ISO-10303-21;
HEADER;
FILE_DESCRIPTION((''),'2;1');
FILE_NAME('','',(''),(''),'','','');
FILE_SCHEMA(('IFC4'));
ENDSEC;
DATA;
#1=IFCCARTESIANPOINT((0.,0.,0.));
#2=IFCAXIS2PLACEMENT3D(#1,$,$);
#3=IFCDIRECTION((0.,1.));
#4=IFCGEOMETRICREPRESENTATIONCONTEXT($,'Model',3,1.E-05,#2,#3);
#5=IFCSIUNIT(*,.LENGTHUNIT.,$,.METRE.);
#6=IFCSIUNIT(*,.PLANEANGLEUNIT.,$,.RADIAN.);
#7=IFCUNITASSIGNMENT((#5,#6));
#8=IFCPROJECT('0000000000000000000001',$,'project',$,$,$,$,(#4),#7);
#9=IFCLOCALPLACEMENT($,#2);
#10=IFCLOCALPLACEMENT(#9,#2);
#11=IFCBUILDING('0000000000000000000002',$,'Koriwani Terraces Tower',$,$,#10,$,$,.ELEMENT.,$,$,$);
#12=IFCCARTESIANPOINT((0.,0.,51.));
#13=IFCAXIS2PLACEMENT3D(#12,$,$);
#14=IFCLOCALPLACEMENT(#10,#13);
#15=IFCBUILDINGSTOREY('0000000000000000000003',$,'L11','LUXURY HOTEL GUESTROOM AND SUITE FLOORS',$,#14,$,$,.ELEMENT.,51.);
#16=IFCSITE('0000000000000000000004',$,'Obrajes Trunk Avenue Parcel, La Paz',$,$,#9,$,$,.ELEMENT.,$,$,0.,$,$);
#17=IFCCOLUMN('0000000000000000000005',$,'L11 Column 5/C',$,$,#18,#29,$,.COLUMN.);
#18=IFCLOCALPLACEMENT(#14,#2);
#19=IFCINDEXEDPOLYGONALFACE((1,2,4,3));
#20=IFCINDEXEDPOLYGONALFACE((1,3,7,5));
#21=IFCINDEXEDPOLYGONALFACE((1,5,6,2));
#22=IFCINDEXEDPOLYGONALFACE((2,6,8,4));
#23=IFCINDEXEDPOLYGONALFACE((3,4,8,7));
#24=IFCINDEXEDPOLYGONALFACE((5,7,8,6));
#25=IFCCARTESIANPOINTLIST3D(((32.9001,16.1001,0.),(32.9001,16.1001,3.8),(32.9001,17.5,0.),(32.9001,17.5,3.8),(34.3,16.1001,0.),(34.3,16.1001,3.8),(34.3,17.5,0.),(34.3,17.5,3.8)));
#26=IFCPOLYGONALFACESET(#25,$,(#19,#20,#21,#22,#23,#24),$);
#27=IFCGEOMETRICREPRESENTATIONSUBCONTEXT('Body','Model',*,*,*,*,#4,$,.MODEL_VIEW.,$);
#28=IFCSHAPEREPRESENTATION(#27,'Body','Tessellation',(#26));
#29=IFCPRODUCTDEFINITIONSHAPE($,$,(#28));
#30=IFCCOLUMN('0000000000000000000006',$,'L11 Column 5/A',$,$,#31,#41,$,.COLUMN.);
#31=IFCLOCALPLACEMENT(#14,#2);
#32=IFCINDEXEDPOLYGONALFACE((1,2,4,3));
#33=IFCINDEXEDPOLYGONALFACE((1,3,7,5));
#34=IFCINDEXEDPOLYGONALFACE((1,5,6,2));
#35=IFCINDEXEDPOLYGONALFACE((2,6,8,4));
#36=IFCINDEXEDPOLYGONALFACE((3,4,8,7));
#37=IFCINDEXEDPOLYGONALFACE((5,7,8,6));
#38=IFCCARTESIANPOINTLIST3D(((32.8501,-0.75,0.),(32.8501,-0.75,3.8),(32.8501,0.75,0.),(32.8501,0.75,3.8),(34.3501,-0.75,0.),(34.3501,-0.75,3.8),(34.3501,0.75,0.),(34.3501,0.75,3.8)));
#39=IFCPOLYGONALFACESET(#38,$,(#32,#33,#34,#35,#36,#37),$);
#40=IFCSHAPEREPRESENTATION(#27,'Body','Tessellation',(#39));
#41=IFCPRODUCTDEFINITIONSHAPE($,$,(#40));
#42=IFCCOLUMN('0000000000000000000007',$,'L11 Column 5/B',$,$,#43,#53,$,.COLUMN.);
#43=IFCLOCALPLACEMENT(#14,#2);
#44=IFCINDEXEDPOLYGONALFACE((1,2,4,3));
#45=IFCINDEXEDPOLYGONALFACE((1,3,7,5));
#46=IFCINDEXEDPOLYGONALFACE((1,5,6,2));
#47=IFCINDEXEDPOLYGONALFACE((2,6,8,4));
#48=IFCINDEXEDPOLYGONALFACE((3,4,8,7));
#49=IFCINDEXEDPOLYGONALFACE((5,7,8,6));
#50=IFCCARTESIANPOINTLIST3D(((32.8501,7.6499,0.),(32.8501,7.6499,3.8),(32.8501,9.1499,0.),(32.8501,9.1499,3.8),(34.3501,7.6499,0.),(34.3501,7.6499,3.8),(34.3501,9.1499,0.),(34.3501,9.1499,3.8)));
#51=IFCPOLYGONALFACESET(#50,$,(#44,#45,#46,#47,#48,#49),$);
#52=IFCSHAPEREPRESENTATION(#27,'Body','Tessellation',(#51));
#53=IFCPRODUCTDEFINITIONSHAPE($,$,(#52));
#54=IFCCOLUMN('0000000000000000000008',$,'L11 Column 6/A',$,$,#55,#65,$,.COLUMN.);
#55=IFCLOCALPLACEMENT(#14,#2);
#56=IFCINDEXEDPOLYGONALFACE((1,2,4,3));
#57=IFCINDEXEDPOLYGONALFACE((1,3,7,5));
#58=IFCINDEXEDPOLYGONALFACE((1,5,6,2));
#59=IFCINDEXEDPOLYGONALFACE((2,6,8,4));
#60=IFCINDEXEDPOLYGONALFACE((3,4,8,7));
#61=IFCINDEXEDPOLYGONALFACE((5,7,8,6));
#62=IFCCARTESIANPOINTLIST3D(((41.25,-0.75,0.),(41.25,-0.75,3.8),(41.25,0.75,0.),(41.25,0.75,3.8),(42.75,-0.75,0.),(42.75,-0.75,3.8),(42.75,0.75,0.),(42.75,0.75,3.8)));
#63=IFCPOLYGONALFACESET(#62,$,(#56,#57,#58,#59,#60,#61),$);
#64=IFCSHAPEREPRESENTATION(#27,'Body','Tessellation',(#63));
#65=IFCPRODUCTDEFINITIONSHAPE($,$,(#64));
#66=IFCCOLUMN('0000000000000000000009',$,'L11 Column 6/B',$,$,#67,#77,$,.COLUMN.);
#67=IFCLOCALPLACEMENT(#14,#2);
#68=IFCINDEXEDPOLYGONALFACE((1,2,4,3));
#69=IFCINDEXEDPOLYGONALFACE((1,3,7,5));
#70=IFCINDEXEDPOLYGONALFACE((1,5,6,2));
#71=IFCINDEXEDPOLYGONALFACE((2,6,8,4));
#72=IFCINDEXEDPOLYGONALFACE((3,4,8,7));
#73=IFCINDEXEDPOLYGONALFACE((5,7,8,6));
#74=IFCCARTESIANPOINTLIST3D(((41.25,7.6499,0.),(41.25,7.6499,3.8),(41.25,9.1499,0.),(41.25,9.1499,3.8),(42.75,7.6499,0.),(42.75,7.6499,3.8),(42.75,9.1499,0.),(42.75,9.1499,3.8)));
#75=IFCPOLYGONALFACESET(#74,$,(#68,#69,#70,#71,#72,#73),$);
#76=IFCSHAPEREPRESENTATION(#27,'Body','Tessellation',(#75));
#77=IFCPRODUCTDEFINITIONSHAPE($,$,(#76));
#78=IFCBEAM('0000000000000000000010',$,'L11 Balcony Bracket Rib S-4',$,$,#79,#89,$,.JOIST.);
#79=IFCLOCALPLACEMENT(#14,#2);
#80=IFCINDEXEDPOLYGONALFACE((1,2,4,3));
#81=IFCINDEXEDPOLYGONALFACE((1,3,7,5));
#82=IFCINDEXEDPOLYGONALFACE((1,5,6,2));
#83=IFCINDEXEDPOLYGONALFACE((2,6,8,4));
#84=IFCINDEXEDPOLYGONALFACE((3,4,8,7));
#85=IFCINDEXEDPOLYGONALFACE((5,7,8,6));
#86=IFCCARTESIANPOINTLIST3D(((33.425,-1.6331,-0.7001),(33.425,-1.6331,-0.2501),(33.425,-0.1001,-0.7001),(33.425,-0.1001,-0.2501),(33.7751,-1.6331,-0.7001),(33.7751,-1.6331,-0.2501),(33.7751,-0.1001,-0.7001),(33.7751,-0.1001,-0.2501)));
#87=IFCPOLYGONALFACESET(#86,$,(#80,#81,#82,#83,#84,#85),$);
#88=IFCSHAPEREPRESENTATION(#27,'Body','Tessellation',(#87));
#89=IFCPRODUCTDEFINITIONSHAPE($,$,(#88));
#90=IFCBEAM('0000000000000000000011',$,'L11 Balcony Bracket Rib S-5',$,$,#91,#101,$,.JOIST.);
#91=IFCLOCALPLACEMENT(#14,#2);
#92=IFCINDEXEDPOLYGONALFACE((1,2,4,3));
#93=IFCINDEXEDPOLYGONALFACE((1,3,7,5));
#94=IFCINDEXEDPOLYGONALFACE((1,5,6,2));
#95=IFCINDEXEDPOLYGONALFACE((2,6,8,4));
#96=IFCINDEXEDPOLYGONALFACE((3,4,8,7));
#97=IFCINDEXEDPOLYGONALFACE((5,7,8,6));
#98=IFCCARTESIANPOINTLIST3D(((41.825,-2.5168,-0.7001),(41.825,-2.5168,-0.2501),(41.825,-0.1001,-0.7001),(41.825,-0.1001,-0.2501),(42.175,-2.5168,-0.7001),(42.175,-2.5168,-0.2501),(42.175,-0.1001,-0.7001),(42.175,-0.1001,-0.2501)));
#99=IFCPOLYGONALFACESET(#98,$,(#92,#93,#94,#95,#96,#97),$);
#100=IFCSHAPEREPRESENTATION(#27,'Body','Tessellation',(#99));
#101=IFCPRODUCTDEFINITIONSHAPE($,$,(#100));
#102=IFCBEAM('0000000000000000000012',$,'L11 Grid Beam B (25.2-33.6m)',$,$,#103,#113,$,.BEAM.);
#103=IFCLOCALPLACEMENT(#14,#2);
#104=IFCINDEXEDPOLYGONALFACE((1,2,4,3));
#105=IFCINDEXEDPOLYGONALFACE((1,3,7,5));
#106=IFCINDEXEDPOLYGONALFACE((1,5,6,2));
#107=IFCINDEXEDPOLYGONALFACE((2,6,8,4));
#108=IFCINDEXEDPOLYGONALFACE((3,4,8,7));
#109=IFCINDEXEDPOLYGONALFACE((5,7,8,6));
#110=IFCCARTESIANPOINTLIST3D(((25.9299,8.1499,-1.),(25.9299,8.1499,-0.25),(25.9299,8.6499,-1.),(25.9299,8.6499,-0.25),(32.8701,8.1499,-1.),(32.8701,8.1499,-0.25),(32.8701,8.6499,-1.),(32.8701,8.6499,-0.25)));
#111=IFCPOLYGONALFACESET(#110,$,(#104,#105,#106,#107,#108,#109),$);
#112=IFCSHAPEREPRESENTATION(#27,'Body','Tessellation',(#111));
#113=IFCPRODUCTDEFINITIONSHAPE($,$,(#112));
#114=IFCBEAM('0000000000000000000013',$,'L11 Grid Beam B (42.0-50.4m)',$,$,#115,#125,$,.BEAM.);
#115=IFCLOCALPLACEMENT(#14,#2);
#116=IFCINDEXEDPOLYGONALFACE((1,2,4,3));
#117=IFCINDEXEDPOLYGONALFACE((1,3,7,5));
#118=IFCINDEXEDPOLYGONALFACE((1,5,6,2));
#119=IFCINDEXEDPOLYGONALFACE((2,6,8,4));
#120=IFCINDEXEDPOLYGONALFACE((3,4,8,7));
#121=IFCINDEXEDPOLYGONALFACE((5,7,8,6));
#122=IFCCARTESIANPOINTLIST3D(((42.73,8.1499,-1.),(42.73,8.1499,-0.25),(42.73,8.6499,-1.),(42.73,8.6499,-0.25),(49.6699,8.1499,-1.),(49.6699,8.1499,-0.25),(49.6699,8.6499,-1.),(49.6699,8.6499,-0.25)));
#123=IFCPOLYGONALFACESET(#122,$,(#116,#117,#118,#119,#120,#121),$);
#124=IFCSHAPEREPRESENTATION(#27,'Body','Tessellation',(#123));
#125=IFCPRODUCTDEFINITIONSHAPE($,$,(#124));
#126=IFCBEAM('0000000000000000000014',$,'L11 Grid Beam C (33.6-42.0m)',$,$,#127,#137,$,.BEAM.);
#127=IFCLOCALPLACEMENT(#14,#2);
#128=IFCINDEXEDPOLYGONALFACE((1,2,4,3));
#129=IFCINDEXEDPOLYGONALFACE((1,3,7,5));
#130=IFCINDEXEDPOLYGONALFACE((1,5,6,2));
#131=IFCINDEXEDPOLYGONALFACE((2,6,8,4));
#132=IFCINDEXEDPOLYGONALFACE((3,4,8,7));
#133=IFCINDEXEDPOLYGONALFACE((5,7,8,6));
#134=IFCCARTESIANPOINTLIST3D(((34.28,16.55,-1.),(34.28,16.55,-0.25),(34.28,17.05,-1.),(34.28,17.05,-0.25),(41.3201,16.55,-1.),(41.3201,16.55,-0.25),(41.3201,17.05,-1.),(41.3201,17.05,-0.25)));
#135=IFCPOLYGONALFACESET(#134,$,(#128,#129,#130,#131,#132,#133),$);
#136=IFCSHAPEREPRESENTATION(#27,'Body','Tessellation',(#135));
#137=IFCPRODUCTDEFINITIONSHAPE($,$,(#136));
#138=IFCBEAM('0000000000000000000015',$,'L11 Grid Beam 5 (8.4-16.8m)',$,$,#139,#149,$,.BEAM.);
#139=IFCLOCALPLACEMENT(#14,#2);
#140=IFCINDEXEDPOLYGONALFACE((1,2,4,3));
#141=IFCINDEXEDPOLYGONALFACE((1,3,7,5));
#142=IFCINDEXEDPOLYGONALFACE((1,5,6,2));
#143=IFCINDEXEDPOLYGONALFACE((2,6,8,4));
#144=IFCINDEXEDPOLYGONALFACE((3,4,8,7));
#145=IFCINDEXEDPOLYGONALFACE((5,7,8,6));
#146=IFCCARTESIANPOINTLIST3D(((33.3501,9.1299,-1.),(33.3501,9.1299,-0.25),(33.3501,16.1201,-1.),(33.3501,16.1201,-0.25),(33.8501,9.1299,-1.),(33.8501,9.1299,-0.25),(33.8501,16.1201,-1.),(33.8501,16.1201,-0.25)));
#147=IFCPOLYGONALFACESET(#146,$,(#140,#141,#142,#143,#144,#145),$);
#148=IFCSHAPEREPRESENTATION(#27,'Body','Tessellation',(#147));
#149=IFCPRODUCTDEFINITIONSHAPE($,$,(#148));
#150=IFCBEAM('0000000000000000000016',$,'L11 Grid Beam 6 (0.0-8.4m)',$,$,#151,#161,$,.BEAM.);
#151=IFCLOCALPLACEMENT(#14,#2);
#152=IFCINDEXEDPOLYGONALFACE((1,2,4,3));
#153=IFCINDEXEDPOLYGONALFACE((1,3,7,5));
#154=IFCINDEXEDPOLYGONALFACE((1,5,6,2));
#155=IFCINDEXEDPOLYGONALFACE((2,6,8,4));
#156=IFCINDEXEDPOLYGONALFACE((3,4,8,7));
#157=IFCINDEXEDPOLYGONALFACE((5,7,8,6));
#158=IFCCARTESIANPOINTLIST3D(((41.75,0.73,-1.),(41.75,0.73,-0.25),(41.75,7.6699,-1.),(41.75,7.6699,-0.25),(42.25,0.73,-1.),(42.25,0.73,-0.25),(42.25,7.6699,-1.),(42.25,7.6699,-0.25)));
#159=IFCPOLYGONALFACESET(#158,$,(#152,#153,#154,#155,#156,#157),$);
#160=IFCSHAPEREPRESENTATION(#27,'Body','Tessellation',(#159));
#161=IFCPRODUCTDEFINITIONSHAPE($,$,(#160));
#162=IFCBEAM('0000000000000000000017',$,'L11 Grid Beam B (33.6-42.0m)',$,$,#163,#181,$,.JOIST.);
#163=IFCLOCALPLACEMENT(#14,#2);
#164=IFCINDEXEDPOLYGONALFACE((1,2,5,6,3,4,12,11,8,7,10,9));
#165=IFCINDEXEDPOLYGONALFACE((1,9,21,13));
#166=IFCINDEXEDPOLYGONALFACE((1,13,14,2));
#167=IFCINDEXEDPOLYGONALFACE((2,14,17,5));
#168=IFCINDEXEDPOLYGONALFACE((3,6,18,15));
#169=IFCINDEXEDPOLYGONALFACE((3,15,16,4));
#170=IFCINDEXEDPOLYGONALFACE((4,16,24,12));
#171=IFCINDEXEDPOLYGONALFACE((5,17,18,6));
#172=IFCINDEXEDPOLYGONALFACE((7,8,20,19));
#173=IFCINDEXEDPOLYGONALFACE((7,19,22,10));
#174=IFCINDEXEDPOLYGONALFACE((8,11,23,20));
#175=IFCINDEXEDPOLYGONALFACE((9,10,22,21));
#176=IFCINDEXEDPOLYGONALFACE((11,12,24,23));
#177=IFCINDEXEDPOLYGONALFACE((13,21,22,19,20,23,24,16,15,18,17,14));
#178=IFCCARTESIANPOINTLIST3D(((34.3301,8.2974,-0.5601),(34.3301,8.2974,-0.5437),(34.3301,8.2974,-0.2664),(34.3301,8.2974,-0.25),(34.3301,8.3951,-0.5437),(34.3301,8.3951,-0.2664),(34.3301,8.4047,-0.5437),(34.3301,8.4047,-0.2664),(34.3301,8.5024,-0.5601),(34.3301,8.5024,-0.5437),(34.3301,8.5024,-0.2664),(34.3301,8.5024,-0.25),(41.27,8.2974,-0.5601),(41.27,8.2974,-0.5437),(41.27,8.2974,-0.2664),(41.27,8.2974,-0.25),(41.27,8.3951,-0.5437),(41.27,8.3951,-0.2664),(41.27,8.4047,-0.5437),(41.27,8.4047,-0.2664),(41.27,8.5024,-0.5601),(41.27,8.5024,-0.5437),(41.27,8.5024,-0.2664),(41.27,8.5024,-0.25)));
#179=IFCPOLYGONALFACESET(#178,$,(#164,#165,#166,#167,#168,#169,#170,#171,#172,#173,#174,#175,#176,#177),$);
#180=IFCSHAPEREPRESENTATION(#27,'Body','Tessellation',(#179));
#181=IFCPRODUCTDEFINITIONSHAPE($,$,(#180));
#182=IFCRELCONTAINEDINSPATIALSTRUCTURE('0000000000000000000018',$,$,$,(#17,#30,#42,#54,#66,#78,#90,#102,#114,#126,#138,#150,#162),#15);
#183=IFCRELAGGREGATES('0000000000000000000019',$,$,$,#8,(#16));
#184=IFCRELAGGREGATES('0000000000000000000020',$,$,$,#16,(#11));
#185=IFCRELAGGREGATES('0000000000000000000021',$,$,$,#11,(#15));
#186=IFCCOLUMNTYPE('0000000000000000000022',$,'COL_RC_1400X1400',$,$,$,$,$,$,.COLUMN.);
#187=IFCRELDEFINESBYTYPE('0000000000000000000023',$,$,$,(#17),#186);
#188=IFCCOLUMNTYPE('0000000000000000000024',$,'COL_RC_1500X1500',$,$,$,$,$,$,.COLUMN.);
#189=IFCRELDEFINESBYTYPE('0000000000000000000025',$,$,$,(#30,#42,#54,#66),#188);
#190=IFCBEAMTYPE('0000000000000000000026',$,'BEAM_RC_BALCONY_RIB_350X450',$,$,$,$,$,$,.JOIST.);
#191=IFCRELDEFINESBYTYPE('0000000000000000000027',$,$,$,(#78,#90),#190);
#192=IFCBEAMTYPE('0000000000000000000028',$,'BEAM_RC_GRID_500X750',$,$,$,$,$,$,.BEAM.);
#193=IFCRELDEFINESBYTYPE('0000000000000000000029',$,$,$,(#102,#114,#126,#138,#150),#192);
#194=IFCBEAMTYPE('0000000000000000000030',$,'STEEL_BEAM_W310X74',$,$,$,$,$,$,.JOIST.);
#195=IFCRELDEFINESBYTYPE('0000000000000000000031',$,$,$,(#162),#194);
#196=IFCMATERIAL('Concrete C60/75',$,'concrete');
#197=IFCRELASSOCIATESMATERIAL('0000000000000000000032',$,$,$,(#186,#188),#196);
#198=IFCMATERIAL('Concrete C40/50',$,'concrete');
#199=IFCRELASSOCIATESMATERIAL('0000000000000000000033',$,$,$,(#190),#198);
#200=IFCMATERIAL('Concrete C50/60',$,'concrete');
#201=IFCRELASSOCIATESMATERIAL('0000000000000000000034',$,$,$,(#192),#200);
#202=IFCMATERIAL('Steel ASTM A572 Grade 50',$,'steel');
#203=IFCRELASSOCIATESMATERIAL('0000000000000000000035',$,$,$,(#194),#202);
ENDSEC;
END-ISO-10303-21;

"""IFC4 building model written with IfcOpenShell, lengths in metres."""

from ifc_helpers import new_model, si_unit, direction, frame, origin, origin_2d, place, context, subcontext, project, spatial, rectangle, i_section, extrude, material, material_profile, profile_set, type_object, element, save


model = new_model("IFC4")

# Units and contexts
model_context = context("Model", 3, precision=1e-05, world=origin(), true_north=direction((0.0, 1.0)))
body_context = subcontext(model_context, "Body", "Model", "MODEL_VIEW")
ifc_project = project(units=[si_unit("LENGTHUNIT", "METRE"), si_unit("PLANEANGLEUNIT", "RADIAN")], contexts=[model_context])

# Site, building, storey
site_placement = place(None, origin())
site = spatial("IfcSite", under=ifc_project, at=site_placement, Name="Obrajes Trunk Avenue Parcel, La Paz", CompositionType="ELEMENT", RefElevation=0.0)
building_placement = place(site_placement, origin())
building = spatial("IfcBuilding", under=site, at=building_placement, Name="Koriwani Terraces Tower", CompositionType="ELEMENT")
storey_placement = place(building_placement, frame((0.0, 0.0, 51.0)))
storey = spatial("IfcBuildingStorey", under=building, at=storey_placement, Name="L11", Description="LUXURY HOTEL GUESTROOM AND SUITE FLOORS", CompositionType="ELEMENT", Elevation=51.0)

# Columns
ifc_material_1 = material(Name="Concrete C60/75", Category="concrete")
ifc_material_profile_1 = material_profile(ifc_material_1, rectangle(XDim=1.3999, YDim=1.3999, at=origin_2d()), Name="Concrete C60/75", Category="LoadBearing")
ifc_profile_set_1 = profile_set([ifc_material_profile_1], Name="Concrete C60/75")
column_type_1 = type_object("IfcColumnType", Name="COL_RC_1400X1400", PredefinedType="COLUMN", material=ifc_profile_set_1)
column_placement = place(storey_placement, frame((33.6001, 16.8, 0.0), z_axis=(0.0, 0.0, 1.0), x_axis=(1.0, 0.0, 0.0)))
element("IfcColumn", 1, at=column_placement, inside=storey, type_object=column_type_1, Name="L11 Column 5/C", PredefinedType="COLUMN", context=body_context, shape_type="SweptSolid", body=[
    extrude(rectangle(XDim=1.3999, YDim=1.3999, at=origin_2d()), origin(), (0.0, 0.0, 1.0), 3.8),
])
ifc_material_profile_2 = material_profile(ifc_material_1, rectangle(XDim=1.5, YDim=1.5, at=origin_2d()), Name="Concrete C60/75", Category="LoadBearing")
ifc_profile_set_2 = profile_set([ifc_material_profile_2], Name="Concrete C60/75")
column_type_2 = type_object("IfcColumnType", Name="COL_RC_1500X1500", PredefinedType="COLUMN", material=ifc_profile_set_2)
for number, where, z_axis, x_axis, name in (
    (2, (33.6001, 0.0, 0.0), (0.0, 0.0, 1.0), (1.0, 0.0, 0.0), "L11 Column 5/A"),
    (3, (33.6001, 8.3999, 0.0), (0.0, 0.0, 1.0), (1.0, 0.0, 0.0), "L11 Column 5/B"),
    (4, (42.0, 0.0, 0.0), (0.0, 0.0, 1.0), (1.0, 0.0, 0.0), "L11 Column 6/A"),
    (5, (42.0, 8.3999, 0.0), (0.0, 0.0, 1.0), (1.0, 0.0, 0.0), "L11 Column 6/B"),
):
    element("IfcColumn", number, at=place(storey_placement, frame(where, z_axis=z_axis, x_axis=x_axis)), inside=storey, type_object=column_type_2, Name=name, PredefinedType="COLUMN", context=body_context, shape_type="SweptSolid", body=[
        extrude(rectangle(XDim=1.5, YDim=1.5, at=origin_2d()), origin(), (0.0, 0.0, 1.0), 3.8),
    ])

# Beams
ifc_material_2 = material(Name="Concrete C40/50", Category="concrete")
ifc_material_profile_3 = material_profile(ifc_material_2, rectangle(XDim=0.3501, YDim=0.45, at=origin_2d()), Name="Concrete C40/50", Category="LoadBearing")
ifc_profile_set_3 = profile_set([ifc_material_profile_3], Name="Concrete C40/50")
beam_type_1 = type_object("IfcBeamType", Name="BEAM_RC_BALCONY_RIB_350X450", PredefinedType="JOIST", material=ifc_profile_set_3)
beam_1_placement = place(storey_placement, frame((33.6001, -1.6331, -0.4751), z_axis=(0.0, 1.0, 0.0), x_axis=(-1.0, 0.0, 0.0)))
element("IfcBeam", 6, at=beam_1_placement, inside=storey, type_object=beam_type_1, Name="L11 Balcony Bracket Rib S-4", PredefinedType="JOIST", context=body_context, shape_type="SweptSolid", body=[
    extrude(rectangle(XDim=0.3501, YDim=0.45, at=origin_2d()), origin(), (0.0, 0.0, 1.0), 1.533),
])
beam_2_placement = place(storey_placement, frame((42.0, -2.5168, -0.4751), z_axis=(0.0, 1.0, 0.0), x_axis=(-1.0, 0.0, 0.0)))
element("IfcBeam", 7, at=beam_2_placement, inside=storey, type_object=beam_type_1, Name="L11 Balcony Bracket Rib S-5", PredefinedType="JOIST", context=body_context, shape_type="SweptSolid", body=[
    extrude(rectangle(XDim=0.3501, YDim=0.45, at=origin_2d()), origin(), (0.0, 0.0, 1.0), 2.4167),
])
ifc_material_3 = material(Name="Concrete C50/60", Category="concrete")
ifc_material_profile_4 = material_profile(ifc_material_3, rectangle(XDim=0.5, YDim=0.75, at=origin_2d()), Name="Concrete C50/60", Category="LoadBearing")
ifc_profile_set_4 = profile_set([ifc_material_profile_4], Name="Concrete C50/60")
beam_type_2 = type_object("IfcBeamType", Name="BEAM_RC_GRID_500X750", PredefinedType="BEAM", material=ifc_profile_set_4)
beam_3_placement = place(storey_placement, frame((25.9299, 8.3999, -0.625), z_axis=(1.0, 0.0, 0.0), x_axis=(0.0, 1.0, 0.0)))
element("IfcBeam", 8, at=beam_3_placement, inside=storey, type_object=beam_type_2, Name="L11 Grid Beam B (25.2-33.6m)", PredefinedType="BEAM", context=body_context, shape_type="SweptSolid", body=[
    extrude(rectangle(XDim=0.5, YDim=0.75, at=origin_2d()), origin(), (0.0, 0.0, 1.0), 6.9402),
])
beam_4_placement = place(storey_placement, frame((42.73, 8.3999, -0.625), z_axis=(1.0, 0.0, 0.0), x_axis=(0.0, 1.0, 0.0)))
element("IfcBeam", 9, at=beam_4_placement, inside=storey, type_object=beam_type_2, Name="L11 Grid Beam B (42.0-50.4m)", PredefinedType="BEAM", context=body_context, shape_type="SweptSolid", body=[
    extrude(rectangle(XDim=0.5, YDim=0.75, at=origin_2d()), origin(), (0.0, 0.0, 1.0), 6.9399),
])
beam_5_placement = place(storey_placement, frame((34.28, 16.8, -0.625), z_axis=(1.0, 0.0, 0.0), x_axis=(0.0, 1.0, 0.0)))
element("IfcBeam", 10, at=beam_5_placement, inside=storey, type_object=beam_type_2, Name="L11 Grid Beam C (33.6-42.0m)", PredefinedType="BEAM", context=body_context, shape_type="SweptSolid", body=[
    extrude(rectangle(XDim=0.5, YDim=0.75, at=origin_2d()), origin(), (0.0, 0.0, 1.0), 7.04),
])
beam_6_placement = place(storey_placement, frame((33.6001, 9.1299, -0.625), z_axis=(0.0, 1.0, 0.0), x_axis=(-1.0, 0.0, 0.0)))
element("IfcBeam", 11, at=beam_6_placement, inside=storey, type_object=beam_type_2, Name="L11 Grid Beam 5 (8.4-16.8m)", PredefinedType="BEAM", context=body_context, shape_type="SweptSolid", body=[
    extrude(rectangle(XDim=0.5, YDim=0.75, at=origin_2d()), origin(), (0.0, 0.0, 1.0), 6.9902),
])
beam_7_placement = place(storey_placement, frame((42.0, 0.73, -0.625), z_axis=(0.0, 1.0, 0.0), x_axis=(-1.0, 0.0, 0.0)))
element("IfcBeam", 12, at=beam_7_placement, inside=storey, type_object=beam_type_2, Name="L11 Grid Beam 6 (0.0-8.4m)", PredefinedType="BEAM", context=body_context, shape_type="SweptSolid", body=[
    extrude(rectangle(XDim=0.5, YDim=0.75, at=origin_2d()), origin(), (0.0, 0.0, 1.0), 6.9399),
])
ifc_material_4 = material(Name="Steel ASTM A572 Grade 50", Category="steel")
ifc_material_profile_5 = material_profile(ifc_material_4, i_section(OverallWidth=0.2051, OverallDepth=0.3101, WebThickness=0.0095, FlangeThickness=0.0164, at=origin_2d()), Name="Steel ASTM A572 Grade 50", Category="LoadBearing")
ifc_profile_set_5 = profile_set([ifc_material_profile_5], Name="Steel ASTM A572 Grade 50")
beam_type_3 = type_object("IfcBeamType", Name="STEEL_BEAM_W310X74", PredefinedType="JOIST", material=ifc_profile_set_5)
beam_8_placement = place(storey_placement, frame((34.3301, 8.3999, -0.405), z_axis=(1.0, 0.0, 0.0), x_axis=(0.0, 1.0, 0.0)))
element("IfcBeam", 13, at=beam_8_placement, inside=storey, type_object=beam_type_3, Name="L11 Grid Beam B (33.6-42.0m)", PredefinedType="JOIST", context=body_context, shape_type="SweptSolid", body=[
    extrude(i_section(OverallWidth=0.2051, OverallDepth=0.3101, WebThickness=0.0095, FlangeThickness=0.0164, at=origin_2d()), origin(), (0.0, 0.0, 1.0), 6.9399),
])

save(model, "model.ifc")
